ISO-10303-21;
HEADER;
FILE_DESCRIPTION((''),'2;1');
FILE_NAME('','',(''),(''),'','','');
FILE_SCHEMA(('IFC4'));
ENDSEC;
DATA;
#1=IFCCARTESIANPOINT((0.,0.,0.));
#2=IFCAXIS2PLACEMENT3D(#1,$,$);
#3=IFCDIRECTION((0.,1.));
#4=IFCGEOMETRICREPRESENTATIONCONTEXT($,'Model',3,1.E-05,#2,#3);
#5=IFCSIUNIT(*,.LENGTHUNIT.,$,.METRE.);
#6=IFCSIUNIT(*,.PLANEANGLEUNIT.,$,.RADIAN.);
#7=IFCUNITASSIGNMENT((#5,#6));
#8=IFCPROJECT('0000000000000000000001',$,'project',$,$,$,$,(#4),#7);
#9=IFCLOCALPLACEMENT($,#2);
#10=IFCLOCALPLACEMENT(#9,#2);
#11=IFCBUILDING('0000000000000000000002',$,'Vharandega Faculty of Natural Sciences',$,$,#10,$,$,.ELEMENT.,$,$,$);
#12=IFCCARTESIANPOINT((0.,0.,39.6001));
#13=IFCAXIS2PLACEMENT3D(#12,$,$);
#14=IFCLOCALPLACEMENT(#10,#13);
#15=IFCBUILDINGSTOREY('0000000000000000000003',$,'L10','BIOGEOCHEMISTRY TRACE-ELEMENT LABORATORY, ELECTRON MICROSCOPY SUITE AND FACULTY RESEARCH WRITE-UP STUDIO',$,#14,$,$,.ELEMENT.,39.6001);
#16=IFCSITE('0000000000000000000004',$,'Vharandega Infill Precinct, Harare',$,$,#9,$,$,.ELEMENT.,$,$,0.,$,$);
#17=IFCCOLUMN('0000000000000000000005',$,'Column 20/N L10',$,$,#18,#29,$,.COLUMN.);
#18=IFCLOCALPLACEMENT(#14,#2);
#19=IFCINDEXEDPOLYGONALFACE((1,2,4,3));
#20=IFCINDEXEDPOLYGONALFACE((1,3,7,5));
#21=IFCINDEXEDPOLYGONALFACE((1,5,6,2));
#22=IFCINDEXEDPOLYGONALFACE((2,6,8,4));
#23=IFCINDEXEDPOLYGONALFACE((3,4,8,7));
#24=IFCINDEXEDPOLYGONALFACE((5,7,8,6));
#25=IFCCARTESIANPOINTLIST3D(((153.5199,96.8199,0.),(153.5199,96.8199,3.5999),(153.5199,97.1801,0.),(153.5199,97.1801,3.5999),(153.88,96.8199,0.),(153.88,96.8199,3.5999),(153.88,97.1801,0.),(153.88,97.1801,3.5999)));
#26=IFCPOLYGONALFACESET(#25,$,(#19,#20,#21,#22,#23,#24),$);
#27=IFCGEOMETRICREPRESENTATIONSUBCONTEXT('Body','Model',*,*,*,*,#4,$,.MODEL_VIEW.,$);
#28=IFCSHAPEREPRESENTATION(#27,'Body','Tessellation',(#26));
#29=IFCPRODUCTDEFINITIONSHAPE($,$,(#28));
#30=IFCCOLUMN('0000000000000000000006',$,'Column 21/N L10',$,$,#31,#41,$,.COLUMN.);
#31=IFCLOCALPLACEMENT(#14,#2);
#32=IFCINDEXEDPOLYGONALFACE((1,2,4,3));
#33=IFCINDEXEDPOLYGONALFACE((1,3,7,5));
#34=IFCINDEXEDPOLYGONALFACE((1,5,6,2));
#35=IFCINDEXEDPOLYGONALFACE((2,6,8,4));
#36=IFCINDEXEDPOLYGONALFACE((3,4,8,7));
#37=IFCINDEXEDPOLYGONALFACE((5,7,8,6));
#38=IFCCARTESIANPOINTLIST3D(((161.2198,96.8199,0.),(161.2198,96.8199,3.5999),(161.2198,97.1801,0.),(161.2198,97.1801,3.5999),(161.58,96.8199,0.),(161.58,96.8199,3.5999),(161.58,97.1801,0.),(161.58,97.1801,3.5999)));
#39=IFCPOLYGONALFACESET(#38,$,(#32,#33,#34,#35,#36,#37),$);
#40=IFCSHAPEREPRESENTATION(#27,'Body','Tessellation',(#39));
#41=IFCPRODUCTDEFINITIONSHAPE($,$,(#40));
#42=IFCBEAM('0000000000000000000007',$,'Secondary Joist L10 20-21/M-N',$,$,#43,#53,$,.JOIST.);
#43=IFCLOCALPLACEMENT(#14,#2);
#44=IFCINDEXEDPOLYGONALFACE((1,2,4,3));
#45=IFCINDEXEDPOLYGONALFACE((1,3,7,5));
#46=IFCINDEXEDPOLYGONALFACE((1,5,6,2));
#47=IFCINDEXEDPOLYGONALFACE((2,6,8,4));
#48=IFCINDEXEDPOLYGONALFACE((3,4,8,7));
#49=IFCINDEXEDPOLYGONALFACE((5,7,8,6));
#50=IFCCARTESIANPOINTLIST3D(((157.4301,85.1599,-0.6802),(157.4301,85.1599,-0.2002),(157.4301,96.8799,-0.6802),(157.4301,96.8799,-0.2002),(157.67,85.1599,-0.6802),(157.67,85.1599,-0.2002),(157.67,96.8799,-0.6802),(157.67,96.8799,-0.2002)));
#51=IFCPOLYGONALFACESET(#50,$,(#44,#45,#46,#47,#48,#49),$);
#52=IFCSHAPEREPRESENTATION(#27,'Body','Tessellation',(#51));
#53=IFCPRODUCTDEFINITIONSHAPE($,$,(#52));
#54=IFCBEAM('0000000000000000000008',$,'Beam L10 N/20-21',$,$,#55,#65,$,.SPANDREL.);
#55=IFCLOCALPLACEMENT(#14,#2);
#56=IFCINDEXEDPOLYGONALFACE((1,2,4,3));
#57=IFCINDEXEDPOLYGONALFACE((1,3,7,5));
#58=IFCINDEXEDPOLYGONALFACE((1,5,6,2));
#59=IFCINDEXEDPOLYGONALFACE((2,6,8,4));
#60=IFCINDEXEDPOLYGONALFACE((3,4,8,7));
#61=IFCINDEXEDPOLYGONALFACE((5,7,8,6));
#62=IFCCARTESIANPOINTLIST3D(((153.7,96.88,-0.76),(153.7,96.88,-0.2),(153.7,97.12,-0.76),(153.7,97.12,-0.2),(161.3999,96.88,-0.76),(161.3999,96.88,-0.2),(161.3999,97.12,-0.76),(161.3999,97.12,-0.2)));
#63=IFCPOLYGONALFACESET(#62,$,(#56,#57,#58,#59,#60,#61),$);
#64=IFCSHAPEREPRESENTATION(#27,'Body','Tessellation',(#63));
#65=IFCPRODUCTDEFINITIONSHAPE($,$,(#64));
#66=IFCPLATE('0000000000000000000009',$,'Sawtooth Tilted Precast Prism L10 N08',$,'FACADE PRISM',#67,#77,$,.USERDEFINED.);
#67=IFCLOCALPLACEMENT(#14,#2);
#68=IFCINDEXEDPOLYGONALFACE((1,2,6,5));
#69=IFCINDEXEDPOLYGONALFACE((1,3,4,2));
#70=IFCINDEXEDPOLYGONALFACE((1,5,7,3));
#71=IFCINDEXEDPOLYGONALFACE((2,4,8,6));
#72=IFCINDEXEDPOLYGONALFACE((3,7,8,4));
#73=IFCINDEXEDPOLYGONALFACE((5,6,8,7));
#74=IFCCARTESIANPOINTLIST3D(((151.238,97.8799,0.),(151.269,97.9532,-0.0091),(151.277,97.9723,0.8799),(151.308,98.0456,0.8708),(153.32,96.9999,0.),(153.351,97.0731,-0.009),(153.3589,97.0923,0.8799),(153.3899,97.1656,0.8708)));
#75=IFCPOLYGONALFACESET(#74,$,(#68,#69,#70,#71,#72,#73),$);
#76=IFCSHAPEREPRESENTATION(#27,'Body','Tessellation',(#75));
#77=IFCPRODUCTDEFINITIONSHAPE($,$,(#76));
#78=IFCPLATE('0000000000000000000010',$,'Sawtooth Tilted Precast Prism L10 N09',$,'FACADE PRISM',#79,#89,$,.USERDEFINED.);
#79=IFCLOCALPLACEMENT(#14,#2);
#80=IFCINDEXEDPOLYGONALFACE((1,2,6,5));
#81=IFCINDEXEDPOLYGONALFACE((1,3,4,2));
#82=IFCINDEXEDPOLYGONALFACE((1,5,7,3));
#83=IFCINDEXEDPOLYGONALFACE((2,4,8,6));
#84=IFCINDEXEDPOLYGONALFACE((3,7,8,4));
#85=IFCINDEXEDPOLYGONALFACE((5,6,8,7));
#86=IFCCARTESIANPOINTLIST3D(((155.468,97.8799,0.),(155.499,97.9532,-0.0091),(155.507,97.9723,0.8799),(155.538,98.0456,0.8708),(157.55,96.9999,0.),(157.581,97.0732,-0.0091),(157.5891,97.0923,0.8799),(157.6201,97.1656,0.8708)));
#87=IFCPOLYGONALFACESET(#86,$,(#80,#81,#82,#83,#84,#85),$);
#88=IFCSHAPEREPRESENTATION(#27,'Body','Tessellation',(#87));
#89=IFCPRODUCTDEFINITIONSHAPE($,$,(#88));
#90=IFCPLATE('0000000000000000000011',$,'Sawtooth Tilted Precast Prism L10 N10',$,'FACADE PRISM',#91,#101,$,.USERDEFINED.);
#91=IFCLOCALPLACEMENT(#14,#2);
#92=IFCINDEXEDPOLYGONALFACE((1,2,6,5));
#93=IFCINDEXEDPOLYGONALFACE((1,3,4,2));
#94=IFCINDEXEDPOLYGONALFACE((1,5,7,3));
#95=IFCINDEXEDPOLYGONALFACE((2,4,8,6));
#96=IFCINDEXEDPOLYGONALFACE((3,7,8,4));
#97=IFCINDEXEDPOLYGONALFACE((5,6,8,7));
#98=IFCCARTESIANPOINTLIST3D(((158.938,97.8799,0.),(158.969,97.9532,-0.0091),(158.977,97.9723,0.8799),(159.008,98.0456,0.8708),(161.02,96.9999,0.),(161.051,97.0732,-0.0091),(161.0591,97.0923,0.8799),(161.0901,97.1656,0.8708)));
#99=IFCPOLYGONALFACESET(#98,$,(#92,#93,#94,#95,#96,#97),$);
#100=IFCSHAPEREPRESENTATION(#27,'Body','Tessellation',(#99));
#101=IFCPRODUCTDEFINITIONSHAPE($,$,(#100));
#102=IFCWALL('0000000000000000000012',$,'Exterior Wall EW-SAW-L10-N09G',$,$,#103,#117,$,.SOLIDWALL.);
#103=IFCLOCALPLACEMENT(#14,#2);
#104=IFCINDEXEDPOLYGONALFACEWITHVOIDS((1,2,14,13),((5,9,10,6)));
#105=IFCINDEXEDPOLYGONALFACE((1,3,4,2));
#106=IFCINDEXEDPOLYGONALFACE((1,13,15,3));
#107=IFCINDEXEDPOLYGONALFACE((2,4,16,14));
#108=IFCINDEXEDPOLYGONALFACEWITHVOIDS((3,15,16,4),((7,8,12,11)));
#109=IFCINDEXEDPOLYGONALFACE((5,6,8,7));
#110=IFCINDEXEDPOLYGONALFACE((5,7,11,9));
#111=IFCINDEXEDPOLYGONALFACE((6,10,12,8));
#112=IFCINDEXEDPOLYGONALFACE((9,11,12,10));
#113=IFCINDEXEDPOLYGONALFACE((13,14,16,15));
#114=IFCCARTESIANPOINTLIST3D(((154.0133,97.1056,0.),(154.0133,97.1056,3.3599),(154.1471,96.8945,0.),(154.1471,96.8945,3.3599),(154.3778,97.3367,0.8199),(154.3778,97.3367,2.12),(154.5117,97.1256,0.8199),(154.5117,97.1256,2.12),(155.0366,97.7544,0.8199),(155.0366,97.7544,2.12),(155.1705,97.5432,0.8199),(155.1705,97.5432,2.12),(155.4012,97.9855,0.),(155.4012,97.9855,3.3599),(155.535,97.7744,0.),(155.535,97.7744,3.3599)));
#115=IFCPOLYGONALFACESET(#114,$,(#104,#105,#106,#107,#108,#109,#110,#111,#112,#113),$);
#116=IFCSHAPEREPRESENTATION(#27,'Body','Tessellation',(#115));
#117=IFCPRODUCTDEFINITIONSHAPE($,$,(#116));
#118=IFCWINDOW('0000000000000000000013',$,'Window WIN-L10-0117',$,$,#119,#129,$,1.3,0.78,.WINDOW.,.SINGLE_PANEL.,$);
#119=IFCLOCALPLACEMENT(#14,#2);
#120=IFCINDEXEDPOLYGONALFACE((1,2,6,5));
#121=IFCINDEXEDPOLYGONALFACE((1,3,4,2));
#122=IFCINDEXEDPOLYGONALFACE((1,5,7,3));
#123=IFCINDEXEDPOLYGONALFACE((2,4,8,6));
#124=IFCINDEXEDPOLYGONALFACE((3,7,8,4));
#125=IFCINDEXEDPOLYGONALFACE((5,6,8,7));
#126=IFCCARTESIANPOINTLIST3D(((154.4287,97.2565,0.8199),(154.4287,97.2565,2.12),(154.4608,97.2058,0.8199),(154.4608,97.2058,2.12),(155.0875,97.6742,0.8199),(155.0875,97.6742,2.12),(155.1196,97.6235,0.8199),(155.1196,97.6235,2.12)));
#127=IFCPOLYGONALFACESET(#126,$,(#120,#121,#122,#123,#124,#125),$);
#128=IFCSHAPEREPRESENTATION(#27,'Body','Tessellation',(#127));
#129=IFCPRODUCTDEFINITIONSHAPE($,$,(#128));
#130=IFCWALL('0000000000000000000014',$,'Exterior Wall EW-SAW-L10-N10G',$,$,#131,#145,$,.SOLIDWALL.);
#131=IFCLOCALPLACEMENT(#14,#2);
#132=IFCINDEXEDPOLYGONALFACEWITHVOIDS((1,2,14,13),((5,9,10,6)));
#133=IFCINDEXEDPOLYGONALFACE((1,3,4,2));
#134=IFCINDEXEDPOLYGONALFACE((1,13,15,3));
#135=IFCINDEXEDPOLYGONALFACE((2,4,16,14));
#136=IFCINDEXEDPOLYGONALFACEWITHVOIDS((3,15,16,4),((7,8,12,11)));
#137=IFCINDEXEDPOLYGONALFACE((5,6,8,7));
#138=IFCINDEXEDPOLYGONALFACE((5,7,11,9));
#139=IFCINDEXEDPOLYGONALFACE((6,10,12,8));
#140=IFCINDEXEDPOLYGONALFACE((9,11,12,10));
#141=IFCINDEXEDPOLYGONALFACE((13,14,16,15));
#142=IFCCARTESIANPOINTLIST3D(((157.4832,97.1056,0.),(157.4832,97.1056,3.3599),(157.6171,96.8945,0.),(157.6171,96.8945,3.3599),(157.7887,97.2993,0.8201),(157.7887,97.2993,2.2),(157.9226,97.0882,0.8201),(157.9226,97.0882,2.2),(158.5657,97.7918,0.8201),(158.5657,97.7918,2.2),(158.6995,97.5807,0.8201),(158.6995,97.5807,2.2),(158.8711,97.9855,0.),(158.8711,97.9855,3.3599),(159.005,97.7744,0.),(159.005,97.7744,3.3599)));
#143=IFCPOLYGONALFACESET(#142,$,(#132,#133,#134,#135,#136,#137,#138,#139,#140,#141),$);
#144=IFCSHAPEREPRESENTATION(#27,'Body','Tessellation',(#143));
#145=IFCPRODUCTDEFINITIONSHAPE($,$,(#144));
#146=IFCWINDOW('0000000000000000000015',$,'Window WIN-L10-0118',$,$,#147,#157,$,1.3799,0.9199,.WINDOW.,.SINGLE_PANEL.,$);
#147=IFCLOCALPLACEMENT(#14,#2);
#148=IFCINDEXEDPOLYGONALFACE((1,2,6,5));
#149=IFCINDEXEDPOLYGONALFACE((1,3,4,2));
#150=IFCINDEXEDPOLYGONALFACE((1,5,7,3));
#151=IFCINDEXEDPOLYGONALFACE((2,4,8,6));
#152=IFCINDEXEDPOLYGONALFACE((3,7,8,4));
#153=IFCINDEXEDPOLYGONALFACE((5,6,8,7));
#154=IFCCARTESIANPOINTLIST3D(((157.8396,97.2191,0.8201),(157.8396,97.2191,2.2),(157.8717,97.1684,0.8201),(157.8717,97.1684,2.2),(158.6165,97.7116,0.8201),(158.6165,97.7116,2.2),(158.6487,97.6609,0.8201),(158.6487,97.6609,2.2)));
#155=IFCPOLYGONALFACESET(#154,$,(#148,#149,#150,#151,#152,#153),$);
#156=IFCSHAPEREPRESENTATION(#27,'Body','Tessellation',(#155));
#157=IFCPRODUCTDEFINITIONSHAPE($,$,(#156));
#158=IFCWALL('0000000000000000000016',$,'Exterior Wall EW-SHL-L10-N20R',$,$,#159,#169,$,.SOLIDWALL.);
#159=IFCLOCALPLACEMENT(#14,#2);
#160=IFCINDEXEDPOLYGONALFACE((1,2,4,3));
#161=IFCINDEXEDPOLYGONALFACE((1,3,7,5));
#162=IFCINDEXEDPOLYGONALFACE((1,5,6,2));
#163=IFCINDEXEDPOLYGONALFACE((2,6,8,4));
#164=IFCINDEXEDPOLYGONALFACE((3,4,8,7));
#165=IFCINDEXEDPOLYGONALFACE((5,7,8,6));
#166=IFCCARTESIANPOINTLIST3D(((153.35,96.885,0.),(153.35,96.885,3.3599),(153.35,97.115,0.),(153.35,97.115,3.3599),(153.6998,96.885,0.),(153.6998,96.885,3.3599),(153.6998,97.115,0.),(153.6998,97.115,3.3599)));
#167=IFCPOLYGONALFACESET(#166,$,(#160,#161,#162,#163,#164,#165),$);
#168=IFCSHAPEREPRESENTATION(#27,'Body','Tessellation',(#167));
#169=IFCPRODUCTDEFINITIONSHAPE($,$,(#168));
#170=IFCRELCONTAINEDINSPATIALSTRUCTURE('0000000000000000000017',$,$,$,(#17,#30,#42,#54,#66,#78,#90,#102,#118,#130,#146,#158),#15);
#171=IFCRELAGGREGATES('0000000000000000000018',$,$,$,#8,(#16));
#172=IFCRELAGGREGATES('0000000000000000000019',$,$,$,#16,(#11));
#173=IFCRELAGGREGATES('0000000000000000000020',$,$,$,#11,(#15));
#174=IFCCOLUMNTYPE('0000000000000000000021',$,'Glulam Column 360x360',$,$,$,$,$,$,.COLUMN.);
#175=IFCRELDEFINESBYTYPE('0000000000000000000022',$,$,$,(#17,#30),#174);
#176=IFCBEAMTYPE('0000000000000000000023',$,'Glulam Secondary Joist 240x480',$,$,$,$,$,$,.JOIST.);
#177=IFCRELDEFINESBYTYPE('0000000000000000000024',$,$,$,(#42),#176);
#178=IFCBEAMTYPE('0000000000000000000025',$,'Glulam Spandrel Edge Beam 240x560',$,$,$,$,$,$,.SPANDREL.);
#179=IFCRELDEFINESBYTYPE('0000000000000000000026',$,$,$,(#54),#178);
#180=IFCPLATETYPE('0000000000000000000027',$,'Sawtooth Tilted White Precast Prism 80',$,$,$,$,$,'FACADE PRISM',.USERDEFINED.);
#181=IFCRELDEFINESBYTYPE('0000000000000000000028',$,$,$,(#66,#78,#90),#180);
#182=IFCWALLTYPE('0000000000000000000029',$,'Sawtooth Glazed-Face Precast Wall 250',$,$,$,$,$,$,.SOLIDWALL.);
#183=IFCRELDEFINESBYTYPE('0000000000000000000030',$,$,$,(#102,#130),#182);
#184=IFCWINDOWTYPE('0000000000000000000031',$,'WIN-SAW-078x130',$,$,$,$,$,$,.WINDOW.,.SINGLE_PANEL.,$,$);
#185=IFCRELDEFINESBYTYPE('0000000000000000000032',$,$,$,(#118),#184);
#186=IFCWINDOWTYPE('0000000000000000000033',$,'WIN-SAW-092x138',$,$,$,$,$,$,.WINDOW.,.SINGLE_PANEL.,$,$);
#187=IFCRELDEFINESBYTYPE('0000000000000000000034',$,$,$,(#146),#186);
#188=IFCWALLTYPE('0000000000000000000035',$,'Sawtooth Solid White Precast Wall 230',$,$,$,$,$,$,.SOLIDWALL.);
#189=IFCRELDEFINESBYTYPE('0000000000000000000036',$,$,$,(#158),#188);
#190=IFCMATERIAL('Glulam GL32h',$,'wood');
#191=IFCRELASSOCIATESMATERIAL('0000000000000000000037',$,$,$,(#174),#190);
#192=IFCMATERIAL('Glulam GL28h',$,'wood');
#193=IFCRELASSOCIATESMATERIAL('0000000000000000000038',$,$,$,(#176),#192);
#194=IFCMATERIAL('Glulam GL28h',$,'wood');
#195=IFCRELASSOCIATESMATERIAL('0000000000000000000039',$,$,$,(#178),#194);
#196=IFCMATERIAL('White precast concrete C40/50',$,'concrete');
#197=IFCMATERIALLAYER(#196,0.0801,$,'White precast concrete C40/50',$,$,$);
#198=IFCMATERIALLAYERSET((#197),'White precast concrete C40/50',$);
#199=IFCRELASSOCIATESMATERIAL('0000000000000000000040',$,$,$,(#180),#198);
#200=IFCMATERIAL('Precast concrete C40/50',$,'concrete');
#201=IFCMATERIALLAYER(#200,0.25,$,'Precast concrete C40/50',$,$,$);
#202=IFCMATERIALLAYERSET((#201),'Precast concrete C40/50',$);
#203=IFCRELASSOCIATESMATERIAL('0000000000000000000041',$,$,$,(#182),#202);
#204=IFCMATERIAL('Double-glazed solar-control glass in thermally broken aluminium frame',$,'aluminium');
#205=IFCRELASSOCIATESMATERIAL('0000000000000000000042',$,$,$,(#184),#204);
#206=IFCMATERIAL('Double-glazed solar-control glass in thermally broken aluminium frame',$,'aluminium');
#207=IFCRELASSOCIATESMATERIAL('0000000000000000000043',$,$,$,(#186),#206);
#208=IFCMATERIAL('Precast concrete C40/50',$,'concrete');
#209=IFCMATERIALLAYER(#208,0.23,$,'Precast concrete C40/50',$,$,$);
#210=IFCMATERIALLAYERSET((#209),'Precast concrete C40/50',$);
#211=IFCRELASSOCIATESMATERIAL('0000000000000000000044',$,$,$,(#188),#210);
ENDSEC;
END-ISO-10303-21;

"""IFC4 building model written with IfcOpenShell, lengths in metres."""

from ifc_helpers import new_model, si_unit, direction, frame, frame_2d, origin, origin_2d, place, context, subcontext, project, spatial, polyline, rectangle, outline, extrude, material, layer, layer_set, material_profile, profile_set, type_object, element, fill, save


model = new_model("IFC4")

# Units and contexts
model_context = context("Model", 3, precision=1e-05, world=origin(), true_north=direction((0.0, 1.0)))
body_context = subcontext(model_context, "Body", "Model", "MODEL_VIEW")
ifc_project = project(units=[si_unit("LENGTHUNIT", "METRE"), si_unit("PLANEANGLEUNIT", "RADIAN")], contexts=[model_context])

# Site, building, storey
site_placement = place(None, origin())
site = spatial("IfcSite", under=ifc_project, at=site_placement, Name="Vharandega Infill Precinct, Harare", CompositionType="ELEMENT", RefElevation=0.0)
building_placement = place(site_placement, origin())
building = spatial("IfcBuilding", under=site, at=building_placement, Name="Vharandega Faculty of Natural Sciences", CompositionType="ELEMENT")
storey_placement = place(building_placement, frame((0.0, 0.0, 39.6001)))
storey = spatial("IfcBuildingStorey", under=building, at=storey_placement, Name="L10", Description="BIOGEOCHEMISTRY TRACE-ELEMENT LABORATORY, ELECTRON MICROSCOPY SUITE AND FACULTY RESEARCH WRITE-UP STUDIO", CompositionType="ELEMENT", Elevation=39.6001)

# Columns
ifc_material_1 = material(Name="Glulam GL32h", Category="wood")
ifc_material_profile_1 = material_profile(ifc_material_1, rectangle(XDim=0.3601, YDim=0.3601, at=origin_2d()), Name="GL32h 360x360")
ifc_profile_set_1 = profile_set([ifc_material_profile_1], Name="Glulam GL32h")
column_type = type_object("IfcColumnType", Name="Glulam Column 360x360", PredefinedType="COLUMN", material=ifc_profile_set_1)
for number, where, z_axis, x_axis, name in (
    (1, (153.7, 97.0, 0.0), (0.0, 0.0, 1.0), (1.0, 0.0, 0.0), "Column 20/N L10"),
    (2, (161.3999, 97.0, 0.0), (0.0, 0.0, 1.0), (1.0, 0.0, 0.0), "Column 21/N L10"),
):
    element("IfcColumn", number, at=place(storey_placement, frame(where, z_axis=z_axis, x_axis=x_axis)), inside=storey, type_object=column_type, Name=name, PredefinedType="COLUMN", context=body_context, shape_type="SweptSolid", body=[
        extrude(rectangle(XDim=0.3601, YDim=0.3601, at=origin_2d()), origin(), (0.0, 0.0, 1.0), 3.5999),
    ])

# Beams
ifc_material_2 = material(Name="Glulam GL28h", Category="wood")
ifc_material_profile_2 = material_profile(ifc_material_2, rectangle(XDim=0.24, YDim=0.48, at=origin_2d()), Name="GL28h 240x480")
ifc_profile_set_2 = profile_set([ifc_material_profile_2], Name="Glulam GL28h")
beam_type_1 = type_object("IfcBeamType", Name="Glulam Secondary Joist 240x480", PredefinedType="JOIST", material=ifc_profile_set_2)
beam_1_placement = place(storey_placement, frame((157.55, 85.1599, -0.4402), z_axis=(0.0, 1.0, 0.0), x_axis=(-1.0, 0.0, 0.0)))
element("IfcBeam", 3, at=beam_1_placement, inside=storey, type_object=beam_type_1, Name="Secondary Joist L10 20-21/M-N", PredefinedType="JOIST", context=body_context, shape_type="SweptSolid", body=[
    extrude(rectangle(XDim=0.24, YDim=0.48, at=origin_2d()), origin(), (0.0, 0.0, 1.0), 11.72),
])
ifc_material_3 = material(Name="Glulam GL28h", Category="wood")
ifc_material_profile_3 = material_profile(ifc_material_3, rectangle(XDim=0.24, YDim=0.5601, at=origin_2d()), Name="GL28h 240x560")
ifc_profile_set_3 = profile_set([ifc_material_profile_3], Name="Glulam GL28h")
beam_type_2 = type_object("IfcBeamType", Name="Glulam Spandrel Edge Beam 240x560", PredefinedType="SPANDREL", material=ifc_profile_set_3)
beam_2_placement = place(storey_placement, frame((153.7, 97.0, -0.48), z_axis=(1.0, 0.0, 0.0), x_axis=(0.0, 1.0, 0.0)))
element("IfcBeam", 4, at=beam_2_placement, inside=storey, type_object=beam_type_2, Name="Beam L10 N/20-21", PredefinedType="SPANDREL", context=body_context, shape_type="SweptSolid", body=[
    extrude(rectangle(XDim=0.24, YDim=0.5601, at=origin_2d()), origin(), (0.0, 0.0, 1.0), 7.7),
])

# Plates
ifc_material_4 = material(Name="White precast concrete C40/50", Category="concrete")
ifc_layer_1 = layer(ifc_material_4, 0.0801, Name="White precast concrete C40/50")
ifc_layer_set_1 = layer_set([ifc_layer_1], Name="White precast concrete C40/50")
plate_type = type_object("IfcPlateType", Name="Sawtooth Tilted White Precast Prism 80", ElementType="FACADE PRISM", PredefinedType="USERDEFINED", material=ifc_layer_set_1)
plate_placement = place(storey_placement, frame((151.238, 97.8799, 0.0), z_axis=(-0.386835, -0.915171, 0.113233), x_axis=(0.044039, 0.104318, 0.993568)))
element("IfcPlate", 5, at=plate_placement, inside=storey, type_object=plate_type, Name="Sawtooth Tilted Precast Prism L10 N08", ObjectType="FACADE PRISM", PredefinedType="USERDEFINED", context=body_context, shape_type="SweptSolid", body=[
    extrude(outline(polyline([(0.0, 0.0), (0.8856, 0.0), (0.8855, -2.2602), (-0.0001, -2.2603), (0.0, 0.0)])), origin(), (0.0, 0.0, -1.0), 0.0801),
])
for number, where, z_axis, x_axis, name in (
    (6, (155.468, 97.8799, 0.0), (-0.386813, -0.915173, 0.113286), (0.04406, 0.104367, 0.993562), "Sawtooth Tilted Precast Prism L10 N09"),
    (7, (158.938, 97.8799, 0.0), (-0.386813, -0.915173, 0.113286), (0.04406, 0.104367, 0.993562), "Sawtooth Tilted Precast Prism L10 N10"),
):
    element("IfcPlate", number, at=place(storey_placement, frame(where, z_axis=z_axis, x_axis=x_axis)), inside=storey, type_object=plate_type, Name=name, ObjectType="FACADE PRISM", PredefinedType="USERDEFINED", context=body_context, shape_type="SweptSolid", body=[
        extrude(outline(polyline([(0.0, 0.0), (0.8856, 0.0), (0.8855, -2.2604), (-0.0001, -2.2603), (0.0, 0.0)])), origin(), (0.0, 0.0, -1.0), 0.0801),
    ])

# Walls, openings, windows
ifc_material_5 = material(Name="Precast concrete C40/50", Category="concrete")
ifc_layer_2 = layer(ifc_material_5, 0.25, Name="Precast concrete C40/50")
ifc_layer_set_2 = layer_set([ifc_layer_2], Name="Precast concrete C40/50")
wall_type_1 = type_object("IfcWallType", Name="Sawtooth Glazed-Face Precast Wall 250", PredefinedType="SOLIDWALL", material=ifc_layer_set_2)
wall_1_placement = place(storey_placement, frame((154.0801, 97.0, 0.0), z_axis=(0.0, 0.0, 1.0), x_axis=(0.844584, 0.535423, 0.0)))
wall_1 = element("IfcWall", 8, at=wall_1_placement, inside=storey, type_object=wall_type_1, Name="Exterior Wall EW-SAW-L10-N09G", PredefinedType="SOLIDWALL", context=body_context, shape_type="SweptSolid", body=[
    extrude(rectangle(XDim=1.6433, YDim=0.25, at=frame_2d((0.8218, 0.0))), origin(), (0.0, 0.0, 1.0), 3.3599),
])
opening_1_placement = place(wall_1_placement, frame((0.4316, 0.0, 0.8201)))
opening_1 = element("IfcOpeningElement", 9, at=opening_1_placement, cuts=wall_1, PredefinedType="OPENING", context=body_context, shape_type="SweptSolid", body=[
    extrude(rectangle(XDim=0.78, YDim=1.3, at=frame_2d((0.3901, 0.6499))), frame((0.0, 0.135, 0.0), z_axis=(0.0, -1.0, 0.0), x_axis=(1.0, 0.0, 0.0)), (0.0, 0.0, 1.0), 0.27),
])
ifc_material_6 = material(Name="Double-glazed solar-control glass in thermally broken aluminium frame", Category="aluminium")
window_type_1 = type_object("IfcWindowType", Name="WIN-SAW-078x130", PartitioningType="SINGLE_PANEL", PredefinedType="WINDOW", material=ifc_material_6)
window_1_placement = place(opening_1_placement, origin())
window_1 = element("IfcWindow", 10, at=window_1_placement, inside=storey, type_object=window_type_1, Name="Window WIN-L10-0117", OverallHeight=1.3, OverallWidth=0.78, PartitioningType="SINGLE_PANEL", PredefinedType="WINDOW", context=body_context, shape_type="SweptSolid", body=[
    extrude(rectangle(XDim=0.78, YDim=1.3, at=frame_2d((0.3901, 0.6499))), frame((0.0, 0.03, 0.0), z_axis=(0.0, -1.0, 0.0), x_axis=(1.0, 0.0, 0.0)), (0.0, 0.0, 1.0), 0.0601),
])
fill(opening_1, window_1)
wall_2_placement = place(storey_placement, frame((157.55, 97.0, 0.0), z_axis=(0.0, 0.0, 1.0), x_axis=(0.844584, 0.535423, 0.0)))
wall_2 = element("IfcWall", 11, at=wall_2_placement, inside=storey, type_object=wall_type_1, Name="Exterior Wall EW-SAW-L10-N10G", PredefinedType="SOLIDWALL", context=body_context, shape_type="SweptSolid", body=[
    extrude(rectangle(XDim=1.6433, YDim=0.25, at=frame_2d((0.8218, 0.0))), origin(), (0.0, 0.0, 1.0), 3.3599),
])
opening_2_placement = place(wall_2_placement, frame((0.3618, 0.0, 0.8201)))
opening_2 = element("IfcOpeningElement", 12, at=opening_2_placement, cuts=wall_2, PredefinedType="OPENING", context=body_context, shape_type="SweptSolid", body=[
    extrude(rectangle(XDim=0.9199, YDim=1.3799, at=frame_2d((0.46, 0.6899))), frame((0.0, 0.135, 0.0), z_axis=(0.0, -1.0, 0.0), x_axis=(1.0, 0.0, 0.0)), (0.0, 0.0, 1.0), 0.27),
])
ifc_material_7 = material(Name="Double-glazed solar-control glass in thermally broken aluminium frame", Category="aluminium")
window_type_2 = type_object("IfcWindowType", Name="WIN-SAW-092x138", PartitioningType="SINGLE_PANEL", PredefinedType="WINDOW", material=ifc_material_7)
window_2_placement = place(opening_2_placement, origin())
window_2 = element("IfcWindow", 13, at=window_2_placement, inside=storey, type_object=window_type_2, Name="Window WIN-L10-0118", OverallHeight=1.3799, OverallWidth=0.9199, PartitioningType="SINGLE_PANEL", PredefinedType="WINDOW", context=body_context, shape_type="SweptSolid", body=[
    extrude(rectangle(XDim=0.9199, YDim=1.3799, at=frame_2d((0.46, 0.6899))), frame((0.0, 0.03, 0.0), z_axis=(0.0, -1.0, 0.0), x_axis=(1.0, 0.0, 0.0)), (0.0, 0.0, 1.0), 0.0601),
])
fill(opening_2, window_2)

# Wall
ifc_material_8 = material(Name="Precast concrete C40/50", Category="concrete")
ifc_layer_3 = layer(ifc_material_8, 0.23, Name="Precast concrete C40/50")
ifc_layer_set_3 = layer_set([ifc_layer_3], Name="Precast concrete C40/50")
wall_type_2 = type_object("IfcWallType", Name="Sawtooth Solid White Precast Wall 230", PredefinedType="SOLIDWALL", material=ifc_layer_set_3)
wall_3_placement = place(storey_placement, frame((153.3501, 97.0, 0.0), z_axis=(0.0, 0.0, 1.0), x_axis=(1.0, 0.0, 0.0)))
element("IfcWall", 14, at=wall_3_placement, inside=storey, type_object=wall_type_2, Name="Exterior Wall EW-SHL-L10-N20R", PredefinedType="SOLIDWALL", context=body_context, shape_type="SweptSolid", body=[
    extrude(rectangle(XDim=0.3499, YDim=0.23, at=frame_2d((0.1748, 0.0))), origin(), (0.0, 0.0, 1.0), 3.3599),
])

save(model, "model.ifc")
